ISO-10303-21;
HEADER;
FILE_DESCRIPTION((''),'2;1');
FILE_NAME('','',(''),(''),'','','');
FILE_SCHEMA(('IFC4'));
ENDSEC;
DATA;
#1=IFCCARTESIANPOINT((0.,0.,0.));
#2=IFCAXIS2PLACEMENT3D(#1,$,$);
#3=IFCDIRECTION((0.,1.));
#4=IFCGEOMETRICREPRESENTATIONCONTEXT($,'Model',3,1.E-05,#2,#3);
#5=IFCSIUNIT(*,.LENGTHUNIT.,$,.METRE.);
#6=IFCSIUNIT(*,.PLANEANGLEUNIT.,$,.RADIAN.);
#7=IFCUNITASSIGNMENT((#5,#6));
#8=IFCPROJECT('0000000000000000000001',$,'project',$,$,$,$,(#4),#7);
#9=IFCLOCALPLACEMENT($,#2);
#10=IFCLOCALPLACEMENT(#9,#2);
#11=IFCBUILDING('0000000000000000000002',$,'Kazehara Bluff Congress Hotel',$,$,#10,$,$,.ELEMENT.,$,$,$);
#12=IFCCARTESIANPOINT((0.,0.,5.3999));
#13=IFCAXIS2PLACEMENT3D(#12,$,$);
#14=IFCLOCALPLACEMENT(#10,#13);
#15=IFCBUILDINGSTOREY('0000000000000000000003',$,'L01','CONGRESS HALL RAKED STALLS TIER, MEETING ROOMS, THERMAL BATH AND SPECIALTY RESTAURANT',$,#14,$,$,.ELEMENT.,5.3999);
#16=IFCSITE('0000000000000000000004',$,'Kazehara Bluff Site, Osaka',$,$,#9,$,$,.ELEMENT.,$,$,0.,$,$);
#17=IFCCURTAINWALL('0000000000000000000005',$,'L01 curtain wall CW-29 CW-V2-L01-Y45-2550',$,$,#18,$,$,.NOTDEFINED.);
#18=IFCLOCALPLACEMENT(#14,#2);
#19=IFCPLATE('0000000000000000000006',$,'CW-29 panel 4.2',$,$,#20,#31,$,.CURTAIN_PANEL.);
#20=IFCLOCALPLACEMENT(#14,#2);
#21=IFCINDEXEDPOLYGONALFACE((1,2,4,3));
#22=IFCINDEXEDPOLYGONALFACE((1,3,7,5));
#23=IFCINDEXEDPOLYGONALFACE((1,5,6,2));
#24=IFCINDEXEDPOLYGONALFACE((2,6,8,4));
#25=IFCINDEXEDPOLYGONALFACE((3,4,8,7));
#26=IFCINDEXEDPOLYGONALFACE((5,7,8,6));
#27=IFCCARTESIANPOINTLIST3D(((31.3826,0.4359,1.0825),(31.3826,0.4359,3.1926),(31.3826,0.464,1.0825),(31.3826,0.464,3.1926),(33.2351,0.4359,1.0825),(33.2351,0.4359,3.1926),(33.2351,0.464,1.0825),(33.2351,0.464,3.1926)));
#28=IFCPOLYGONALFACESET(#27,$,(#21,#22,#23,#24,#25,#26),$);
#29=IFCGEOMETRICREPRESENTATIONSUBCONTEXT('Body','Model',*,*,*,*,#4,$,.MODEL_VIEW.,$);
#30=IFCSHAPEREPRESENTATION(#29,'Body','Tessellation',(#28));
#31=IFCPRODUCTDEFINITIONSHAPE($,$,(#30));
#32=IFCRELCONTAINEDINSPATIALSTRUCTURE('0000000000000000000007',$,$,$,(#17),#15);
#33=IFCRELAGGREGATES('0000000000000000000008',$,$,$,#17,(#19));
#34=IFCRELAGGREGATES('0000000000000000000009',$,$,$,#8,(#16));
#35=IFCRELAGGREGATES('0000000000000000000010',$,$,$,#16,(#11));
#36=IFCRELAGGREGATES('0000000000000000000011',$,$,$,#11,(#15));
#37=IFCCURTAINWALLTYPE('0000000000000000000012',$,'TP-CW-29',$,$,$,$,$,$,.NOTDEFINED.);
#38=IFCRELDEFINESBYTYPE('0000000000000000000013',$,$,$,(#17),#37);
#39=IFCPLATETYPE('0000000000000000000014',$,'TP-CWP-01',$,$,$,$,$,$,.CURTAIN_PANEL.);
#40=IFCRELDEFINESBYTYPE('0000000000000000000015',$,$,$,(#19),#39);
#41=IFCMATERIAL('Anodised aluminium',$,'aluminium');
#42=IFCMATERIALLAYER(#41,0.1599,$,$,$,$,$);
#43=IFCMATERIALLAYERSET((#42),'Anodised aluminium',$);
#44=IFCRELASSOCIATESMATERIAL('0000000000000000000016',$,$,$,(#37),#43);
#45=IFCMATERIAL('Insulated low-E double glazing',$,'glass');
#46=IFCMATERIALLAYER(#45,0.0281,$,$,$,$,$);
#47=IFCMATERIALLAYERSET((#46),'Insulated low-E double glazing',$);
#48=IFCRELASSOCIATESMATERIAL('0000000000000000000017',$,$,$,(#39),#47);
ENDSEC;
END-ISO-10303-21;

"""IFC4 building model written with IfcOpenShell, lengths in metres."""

from ifc_helpers import new_model, si_unit, direction, frame, origin, origin_2d, place, context, subcontext, project, spatial, rectangle, extrude, material, layer, layer_set, type_object, element, aggregate, save


model = new_model("IFC4")

# Units and contexts
model_context = context("Model", 3, precision=1e-05, world=origin(), true_north=direction((0.0, 1.0)))
body_context = subcontext(model_context, "Body", "Model", "MODEL_VIEW")
ifc_project = project(units=[si_unit("LENGTHUNIT", "METRE"), si_unit("PLANEANGLEUNIT", "RADIAN")], contexts=[model_context])

# Site, building, storey
site_placement = place(None, origin())
site = spatial("IfcSite", under=ifc_project, at=site_placement, Name="Kazehara Bluff Site, Osaka", CompositionType="ELEMENT", RefElevation=0.0)
building_placement = place(site_placement, origin())
building = spatial("IfcBuilding", under=site, at=building_placement, Name="Kazehara Bluff Congress Hotel", CompositionType="ELEMENT")
storey_placement = place(building_placement, frame((0.0, 0.0, 5.3999)))
storey = spatial("IfcBuildingStorey", under=building, at=storey_placement, Name="L01", Description="CONGRESS HALL RAKED STALLS TIER, MEETING ROOMS, THERMAL BATH AND SPECIALTY RESTAURANT", CompositionType="ELEMENT", Elevation=5.3999)

# Curtain wall, plate
ifc_material_1 = material(Name="Anodised aluminium", Category="aluminium")
ifc_layer_1 = layer(ifc_material_1, 0.1599)
ifc_layer_set_1 = layer_set([ifc_layer_1], Name="Anodised aluminium")
curtain_wall_type = type_object("IfcCurtainWallType", Name="TP-CW-29", PredefinedType="NOTDEFINED", material=ifc_layer_set_1)
curtain_wall_placement = place(storey_placement, origin())
curtain_wall = element("IfcCurtainWall", 1, at=curtain_wall_placement, inside=storey, type_object=curtain_wall_type, Name="L01 curtain wall CW-29 CW-V2-L01-Y45-2550", PredefinedType="NOTDEFINED")
ifc_material_2 = material(Name="Insulated low-E double glazing", Category="glass")
ifc_layer_2 = layer(ifc_material_2, 0.0281)
ifc_layer_set_2 = layer_set([ifc_layer_2], Name="Insulated low-E double glazing")
plate_type = type_object("IfcPlateType", Name="TP-CWP-01", PredefinedType="CURTAIN_PANEL", material=ifc_layer_set_2)
plate_1_placement = place(storey_placement, frame((32.3088, 0.45, 1.0825), z_axis=(0.0, 0.0, 1.0), x_axis=(1.0, 0.0, 0.0)))
plate_1 = element("IfcPlate", 2, at=plate_1_placement, type_object=plate_type, Name="CW-29 panel 4.2", PredefinedType="CURTAIN_PANEL", context=body_context, shape_type="SweptSolid", body=[
    extrude(rectangle(XDim=1.8525, YDim=0.0281, at=origin_2d()), origin(), (0.0, 0.0, 1.0), 2.1101),
])
aggregate(curtain_wall, [plate_1])

save(model, "model.ifc")
